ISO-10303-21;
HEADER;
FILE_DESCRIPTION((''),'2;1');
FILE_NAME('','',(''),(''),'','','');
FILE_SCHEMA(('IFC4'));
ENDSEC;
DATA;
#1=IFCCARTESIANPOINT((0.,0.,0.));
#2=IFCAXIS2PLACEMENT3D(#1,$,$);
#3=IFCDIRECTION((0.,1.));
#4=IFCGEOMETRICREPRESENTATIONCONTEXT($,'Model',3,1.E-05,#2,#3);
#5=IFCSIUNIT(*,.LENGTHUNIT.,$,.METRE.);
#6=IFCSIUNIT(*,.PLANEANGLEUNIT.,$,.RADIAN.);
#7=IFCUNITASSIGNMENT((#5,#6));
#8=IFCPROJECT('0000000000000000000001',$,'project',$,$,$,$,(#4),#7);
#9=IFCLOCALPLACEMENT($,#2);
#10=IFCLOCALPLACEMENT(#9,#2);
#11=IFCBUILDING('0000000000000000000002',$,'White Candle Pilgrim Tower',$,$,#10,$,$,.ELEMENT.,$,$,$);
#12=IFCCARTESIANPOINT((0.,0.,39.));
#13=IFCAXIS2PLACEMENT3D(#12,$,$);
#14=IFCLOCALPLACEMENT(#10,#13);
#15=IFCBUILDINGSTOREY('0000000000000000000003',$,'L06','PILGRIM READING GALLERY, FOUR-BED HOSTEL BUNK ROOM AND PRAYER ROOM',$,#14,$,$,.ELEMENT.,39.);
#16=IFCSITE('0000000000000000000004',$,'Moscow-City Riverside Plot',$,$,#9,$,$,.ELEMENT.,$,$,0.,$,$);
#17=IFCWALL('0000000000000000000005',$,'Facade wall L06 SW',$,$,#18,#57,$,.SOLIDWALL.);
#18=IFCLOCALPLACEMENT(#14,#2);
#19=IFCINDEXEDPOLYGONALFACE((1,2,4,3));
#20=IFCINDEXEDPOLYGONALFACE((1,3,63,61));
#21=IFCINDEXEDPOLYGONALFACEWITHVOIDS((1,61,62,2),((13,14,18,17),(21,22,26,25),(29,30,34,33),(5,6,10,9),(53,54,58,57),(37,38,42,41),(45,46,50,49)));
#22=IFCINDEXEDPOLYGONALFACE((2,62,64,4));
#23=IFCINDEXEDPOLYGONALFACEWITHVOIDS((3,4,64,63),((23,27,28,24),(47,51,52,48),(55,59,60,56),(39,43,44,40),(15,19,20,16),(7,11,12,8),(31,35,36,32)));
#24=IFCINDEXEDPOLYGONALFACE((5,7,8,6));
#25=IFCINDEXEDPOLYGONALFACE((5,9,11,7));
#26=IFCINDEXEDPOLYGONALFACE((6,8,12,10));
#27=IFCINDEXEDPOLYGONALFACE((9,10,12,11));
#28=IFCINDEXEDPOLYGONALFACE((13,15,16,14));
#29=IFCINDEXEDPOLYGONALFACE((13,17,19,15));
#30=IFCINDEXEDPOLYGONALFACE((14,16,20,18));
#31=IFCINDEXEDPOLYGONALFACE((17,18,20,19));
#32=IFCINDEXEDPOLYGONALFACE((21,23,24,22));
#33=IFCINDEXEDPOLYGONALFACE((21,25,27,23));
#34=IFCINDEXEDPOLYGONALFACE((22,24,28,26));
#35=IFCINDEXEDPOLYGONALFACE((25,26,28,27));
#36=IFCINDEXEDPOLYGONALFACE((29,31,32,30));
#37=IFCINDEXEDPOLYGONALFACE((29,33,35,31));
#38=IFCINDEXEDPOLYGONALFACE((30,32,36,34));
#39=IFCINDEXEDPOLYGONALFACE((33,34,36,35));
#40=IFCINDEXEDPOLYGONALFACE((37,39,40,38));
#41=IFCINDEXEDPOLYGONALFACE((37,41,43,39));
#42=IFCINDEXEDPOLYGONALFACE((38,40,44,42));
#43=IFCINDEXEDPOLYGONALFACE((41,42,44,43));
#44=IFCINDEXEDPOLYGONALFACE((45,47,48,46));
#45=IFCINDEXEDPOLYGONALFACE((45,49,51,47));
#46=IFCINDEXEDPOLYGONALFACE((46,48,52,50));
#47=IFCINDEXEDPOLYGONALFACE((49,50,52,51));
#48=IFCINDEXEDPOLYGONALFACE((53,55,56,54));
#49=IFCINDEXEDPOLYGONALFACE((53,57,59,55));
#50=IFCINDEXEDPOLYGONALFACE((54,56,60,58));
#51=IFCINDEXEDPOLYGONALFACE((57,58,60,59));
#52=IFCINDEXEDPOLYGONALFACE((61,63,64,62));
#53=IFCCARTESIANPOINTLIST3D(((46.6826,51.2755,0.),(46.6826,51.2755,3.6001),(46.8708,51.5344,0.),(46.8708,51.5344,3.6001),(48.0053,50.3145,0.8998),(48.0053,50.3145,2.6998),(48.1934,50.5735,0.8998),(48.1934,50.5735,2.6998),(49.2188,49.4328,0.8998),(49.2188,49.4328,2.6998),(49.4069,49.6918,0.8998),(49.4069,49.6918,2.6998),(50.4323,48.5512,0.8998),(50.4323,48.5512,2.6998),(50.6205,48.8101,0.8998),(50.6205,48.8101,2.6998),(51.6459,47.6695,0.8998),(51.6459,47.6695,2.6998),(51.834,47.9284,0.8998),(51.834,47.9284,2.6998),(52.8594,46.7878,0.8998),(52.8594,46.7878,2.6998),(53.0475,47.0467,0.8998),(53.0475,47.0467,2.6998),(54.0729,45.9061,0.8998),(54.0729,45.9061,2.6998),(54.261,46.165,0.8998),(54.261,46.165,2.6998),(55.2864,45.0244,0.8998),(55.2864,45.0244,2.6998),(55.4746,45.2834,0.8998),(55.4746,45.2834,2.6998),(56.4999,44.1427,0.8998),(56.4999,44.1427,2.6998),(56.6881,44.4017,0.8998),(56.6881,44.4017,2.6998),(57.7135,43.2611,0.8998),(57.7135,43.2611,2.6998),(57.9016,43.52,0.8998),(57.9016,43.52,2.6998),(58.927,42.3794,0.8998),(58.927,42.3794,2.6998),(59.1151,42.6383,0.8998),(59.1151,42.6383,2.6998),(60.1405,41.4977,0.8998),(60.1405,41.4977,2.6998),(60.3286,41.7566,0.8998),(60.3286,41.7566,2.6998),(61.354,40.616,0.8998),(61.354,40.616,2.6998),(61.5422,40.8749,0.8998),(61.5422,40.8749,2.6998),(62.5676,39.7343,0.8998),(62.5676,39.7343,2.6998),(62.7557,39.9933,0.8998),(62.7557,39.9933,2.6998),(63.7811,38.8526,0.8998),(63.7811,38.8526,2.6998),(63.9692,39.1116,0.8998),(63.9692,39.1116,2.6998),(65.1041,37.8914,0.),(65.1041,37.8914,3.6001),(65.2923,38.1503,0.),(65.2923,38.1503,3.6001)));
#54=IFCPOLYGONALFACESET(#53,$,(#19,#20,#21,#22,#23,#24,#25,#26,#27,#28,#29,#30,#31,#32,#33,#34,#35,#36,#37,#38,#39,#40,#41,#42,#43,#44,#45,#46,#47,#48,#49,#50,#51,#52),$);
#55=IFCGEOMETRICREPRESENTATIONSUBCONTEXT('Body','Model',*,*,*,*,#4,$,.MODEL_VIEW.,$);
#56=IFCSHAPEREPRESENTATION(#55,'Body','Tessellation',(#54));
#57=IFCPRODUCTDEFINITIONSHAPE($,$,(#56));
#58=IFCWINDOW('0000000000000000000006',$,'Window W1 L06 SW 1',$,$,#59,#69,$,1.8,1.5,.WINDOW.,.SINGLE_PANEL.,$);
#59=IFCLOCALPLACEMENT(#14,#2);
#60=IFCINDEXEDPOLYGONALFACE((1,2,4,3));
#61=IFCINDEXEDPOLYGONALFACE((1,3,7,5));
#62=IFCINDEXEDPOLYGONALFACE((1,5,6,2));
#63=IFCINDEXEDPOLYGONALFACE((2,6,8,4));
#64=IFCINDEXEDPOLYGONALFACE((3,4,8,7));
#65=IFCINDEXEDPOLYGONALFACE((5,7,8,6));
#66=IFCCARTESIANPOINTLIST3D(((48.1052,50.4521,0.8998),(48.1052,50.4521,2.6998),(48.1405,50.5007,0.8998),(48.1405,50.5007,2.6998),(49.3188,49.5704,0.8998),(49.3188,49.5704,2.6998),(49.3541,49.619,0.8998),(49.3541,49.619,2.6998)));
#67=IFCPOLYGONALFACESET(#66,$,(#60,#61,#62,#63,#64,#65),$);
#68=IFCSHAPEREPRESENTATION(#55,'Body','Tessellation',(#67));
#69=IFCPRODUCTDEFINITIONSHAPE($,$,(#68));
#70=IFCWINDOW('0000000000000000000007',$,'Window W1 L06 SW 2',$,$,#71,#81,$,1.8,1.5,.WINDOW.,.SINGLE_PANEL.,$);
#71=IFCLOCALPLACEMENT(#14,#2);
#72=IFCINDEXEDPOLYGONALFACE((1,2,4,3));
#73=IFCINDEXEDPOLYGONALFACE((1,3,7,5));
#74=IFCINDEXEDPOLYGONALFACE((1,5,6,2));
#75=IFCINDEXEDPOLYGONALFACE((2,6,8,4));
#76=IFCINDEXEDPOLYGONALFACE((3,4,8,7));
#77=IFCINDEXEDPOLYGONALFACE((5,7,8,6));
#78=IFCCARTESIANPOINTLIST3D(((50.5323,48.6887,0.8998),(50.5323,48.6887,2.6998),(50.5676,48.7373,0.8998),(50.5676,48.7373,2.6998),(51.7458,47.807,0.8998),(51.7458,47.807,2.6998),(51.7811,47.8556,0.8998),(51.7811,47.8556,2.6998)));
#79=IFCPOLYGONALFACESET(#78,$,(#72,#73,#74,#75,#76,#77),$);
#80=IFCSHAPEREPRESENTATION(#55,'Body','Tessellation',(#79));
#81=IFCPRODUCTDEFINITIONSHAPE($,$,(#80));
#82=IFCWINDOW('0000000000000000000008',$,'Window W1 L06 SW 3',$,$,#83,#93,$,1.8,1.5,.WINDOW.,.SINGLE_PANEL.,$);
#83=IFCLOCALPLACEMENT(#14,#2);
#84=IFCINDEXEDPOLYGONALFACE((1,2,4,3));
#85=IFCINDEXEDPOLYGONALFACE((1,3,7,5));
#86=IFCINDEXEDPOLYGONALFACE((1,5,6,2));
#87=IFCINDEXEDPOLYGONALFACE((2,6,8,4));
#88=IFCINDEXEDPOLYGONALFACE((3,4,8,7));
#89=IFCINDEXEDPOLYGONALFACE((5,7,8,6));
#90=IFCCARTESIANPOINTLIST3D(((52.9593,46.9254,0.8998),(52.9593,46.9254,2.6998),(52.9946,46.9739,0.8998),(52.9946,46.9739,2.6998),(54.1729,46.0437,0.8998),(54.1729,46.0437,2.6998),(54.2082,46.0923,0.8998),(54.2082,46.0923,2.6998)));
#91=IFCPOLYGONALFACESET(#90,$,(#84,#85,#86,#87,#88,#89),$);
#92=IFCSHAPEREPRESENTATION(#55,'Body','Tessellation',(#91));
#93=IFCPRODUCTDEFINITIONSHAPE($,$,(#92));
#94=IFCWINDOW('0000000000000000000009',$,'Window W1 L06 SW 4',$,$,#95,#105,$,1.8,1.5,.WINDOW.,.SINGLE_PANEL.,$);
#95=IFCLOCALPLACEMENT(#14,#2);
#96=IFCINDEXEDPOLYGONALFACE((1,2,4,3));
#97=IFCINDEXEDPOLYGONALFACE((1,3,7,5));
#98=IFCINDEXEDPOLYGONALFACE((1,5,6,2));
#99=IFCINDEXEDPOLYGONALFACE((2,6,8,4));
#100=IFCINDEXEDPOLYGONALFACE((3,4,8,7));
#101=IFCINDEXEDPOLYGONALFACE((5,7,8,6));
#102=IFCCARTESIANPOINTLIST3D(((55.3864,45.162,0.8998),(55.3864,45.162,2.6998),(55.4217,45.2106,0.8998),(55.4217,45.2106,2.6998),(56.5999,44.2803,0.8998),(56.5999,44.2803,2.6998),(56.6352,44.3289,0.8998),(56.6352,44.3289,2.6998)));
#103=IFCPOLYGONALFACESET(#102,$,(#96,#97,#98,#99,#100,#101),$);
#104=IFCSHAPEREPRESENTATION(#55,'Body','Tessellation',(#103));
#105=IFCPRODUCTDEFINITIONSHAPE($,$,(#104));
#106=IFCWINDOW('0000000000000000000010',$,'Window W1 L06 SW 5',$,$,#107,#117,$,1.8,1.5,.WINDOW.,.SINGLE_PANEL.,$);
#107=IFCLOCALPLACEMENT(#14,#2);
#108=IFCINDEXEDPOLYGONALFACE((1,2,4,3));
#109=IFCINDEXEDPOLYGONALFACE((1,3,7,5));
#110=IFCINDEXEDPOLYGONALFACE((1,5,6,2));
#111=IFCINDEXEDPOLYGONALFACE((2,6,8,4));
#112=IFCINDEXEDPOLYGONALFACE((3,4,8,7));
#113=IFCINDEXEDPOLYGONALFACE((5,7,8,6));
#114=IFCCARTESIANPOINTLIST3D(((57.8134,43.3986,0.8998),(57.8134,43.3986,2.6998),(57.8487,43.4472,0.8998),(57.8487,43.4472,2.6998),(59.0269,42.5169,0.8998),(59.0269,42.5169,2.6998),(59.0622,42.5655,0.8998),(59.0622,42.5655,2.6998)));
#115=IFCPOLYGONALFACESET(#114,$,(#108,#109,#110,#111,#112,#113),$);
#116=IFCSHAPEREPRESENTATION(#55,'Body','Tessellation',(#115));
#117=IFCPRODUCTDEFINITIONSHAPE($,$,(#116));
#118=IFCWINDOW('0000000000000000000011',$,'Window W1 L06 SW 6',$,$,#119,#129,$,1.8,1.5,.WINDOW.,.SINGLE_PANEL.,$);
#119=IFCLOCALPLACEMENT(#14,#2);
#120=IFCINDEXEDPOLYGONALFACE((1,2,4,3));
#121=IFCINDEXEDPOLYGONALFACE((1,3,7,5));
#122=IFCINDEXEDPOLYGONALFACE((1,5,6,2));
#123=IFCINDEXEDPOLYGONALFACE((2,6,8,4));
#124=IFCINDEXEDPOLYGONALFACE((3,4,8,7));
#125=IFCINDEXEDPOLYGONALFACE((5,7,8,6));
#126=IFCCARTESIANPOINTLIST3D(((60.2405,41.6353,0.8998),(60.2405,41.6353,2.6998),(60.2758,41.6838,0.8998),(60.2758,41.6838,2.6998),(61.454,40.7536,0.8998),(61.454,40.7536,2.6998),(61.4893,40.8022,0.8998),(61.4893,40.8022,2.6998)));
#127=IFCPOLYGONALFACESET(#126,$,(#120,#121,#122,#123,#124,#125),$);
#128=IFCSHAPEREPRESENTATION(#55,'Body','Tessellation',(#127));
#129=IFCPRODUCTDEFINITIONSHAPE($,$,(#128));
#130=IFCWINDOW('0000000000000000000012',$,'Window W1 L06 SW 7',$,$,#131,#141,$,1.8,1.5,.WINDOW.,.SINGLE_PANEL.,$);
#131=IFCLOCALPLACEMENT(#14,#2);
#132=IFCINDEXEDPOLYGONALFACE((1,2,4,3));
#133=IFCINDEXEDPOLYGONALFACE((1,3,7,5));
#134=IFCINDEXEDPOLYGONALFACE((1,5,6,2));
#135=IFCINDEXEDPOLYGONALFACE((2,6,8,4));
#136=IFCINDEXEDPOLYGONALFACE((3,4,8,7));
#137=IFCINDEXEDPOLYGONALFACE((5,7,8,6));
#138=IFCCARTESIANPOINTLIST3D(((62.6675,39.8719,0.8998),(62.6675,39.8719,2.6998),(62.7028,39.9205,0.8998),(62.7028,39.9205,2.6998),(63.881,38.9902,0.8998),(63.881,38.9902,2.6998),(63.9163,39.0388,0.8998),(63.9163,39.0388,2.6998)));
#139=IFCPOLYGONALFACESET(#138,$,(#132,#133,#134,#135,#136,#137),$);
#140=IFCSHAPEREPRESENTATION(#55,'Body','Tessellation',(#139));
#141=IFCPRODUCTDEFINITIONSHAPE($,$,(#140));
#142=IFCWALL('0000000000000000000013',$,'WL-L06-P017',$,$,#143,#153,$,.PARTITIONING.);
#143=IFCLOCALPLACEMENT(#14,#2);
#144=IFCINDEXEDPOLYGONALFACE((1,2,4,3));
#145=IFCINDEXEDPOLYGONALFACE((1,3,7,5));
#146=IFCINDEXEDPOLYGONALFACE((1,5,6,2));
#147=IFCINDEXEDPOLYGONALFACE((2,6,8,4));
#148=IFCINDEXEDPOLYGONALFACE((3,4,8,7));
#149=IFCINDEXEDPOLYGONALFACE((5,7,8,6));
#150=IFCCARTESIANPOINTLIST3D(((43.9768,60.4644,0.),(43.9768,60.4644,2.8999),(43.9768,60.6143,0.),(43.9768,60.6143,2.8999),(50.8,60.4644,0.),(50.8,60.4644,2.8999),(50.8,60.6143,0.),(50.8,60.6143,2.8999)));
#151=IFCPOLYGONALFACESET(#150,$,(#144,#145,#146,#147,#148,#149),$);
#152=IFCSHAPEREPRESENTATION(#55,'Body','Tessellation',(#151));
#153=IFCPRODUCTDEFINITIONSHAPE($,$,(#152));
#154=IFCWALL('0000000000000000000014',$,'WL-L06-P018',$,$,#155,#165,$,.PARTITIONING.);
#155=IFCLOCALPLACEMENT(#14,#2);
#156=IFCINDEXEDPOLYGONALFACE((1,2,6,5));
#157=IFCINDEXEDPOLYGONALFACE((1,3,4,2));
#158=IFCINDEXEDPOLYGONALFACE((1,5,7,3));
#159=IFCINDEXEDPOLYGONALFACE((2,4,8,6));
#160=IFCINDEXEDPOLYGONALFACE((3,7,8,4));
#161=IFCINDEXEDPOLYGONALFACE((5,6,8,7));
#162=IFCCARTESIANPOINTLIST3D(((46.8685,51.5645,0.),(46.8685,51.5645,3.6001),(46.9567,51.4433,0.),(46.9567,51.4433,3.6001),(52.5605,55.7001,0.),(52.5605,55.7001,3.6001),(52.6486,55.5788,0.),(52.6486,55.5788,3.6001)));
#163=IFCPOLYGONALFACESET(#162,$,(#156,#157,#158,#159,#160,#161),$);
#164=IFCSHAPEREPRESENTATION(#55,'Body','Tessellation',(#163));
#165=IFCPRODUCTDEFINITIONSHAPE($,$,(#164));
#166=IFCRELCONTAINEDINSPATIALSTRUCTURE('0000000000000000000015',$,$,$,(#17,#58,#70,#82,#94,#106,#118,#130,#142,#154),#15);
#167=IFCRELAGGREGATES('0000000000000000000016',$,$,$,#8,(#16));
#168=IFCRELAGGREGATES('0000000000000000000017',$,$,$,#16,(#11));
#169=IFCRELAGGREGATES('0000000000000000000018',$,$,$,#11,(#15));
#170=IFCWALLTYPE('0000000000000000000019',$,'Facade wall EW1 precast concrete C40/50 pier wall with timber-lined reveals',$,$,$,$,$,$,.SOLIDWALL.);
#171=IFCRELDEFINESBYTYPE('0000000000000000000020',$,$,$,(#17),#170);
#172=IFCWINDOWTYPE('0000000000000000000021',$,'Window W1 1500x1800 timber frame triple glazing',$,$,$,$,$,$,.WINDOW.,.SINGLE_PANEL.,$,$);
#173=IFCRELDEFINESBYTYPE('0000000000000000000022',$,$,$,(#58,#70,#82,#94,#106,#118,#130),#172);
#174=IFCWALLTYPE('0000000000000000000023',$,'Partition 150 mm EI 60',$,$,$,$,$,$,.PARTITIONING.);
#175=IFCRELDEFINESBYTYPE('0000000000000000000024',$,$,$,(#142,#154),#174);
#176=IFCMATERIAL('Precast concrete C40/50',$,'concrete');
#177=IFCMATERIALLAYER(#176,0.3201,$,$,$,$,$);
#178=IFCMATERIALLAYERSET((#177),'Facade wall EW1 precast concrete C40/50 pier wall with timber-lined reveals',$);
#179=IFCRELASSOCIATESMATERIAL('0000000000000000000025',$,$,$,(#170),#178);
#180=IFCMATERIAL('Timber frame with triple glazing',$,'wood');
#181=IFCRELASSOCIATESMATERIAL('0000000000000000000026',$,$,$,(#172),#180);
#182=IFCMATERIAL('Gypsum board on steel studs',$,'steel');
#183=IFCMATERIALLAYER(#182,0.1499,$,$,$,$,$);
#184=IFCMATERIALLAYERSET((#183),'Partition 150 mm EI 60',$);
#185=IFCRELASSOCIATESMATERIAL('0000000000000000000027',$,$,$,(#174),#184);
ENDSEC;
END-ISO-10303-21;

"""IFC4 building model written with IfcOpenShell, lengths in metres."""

from ifc_helpers import new_model, si_unit, direction, frame, frame_2d, origin, place, context, subcontext, project, spatial, rectangle, extrude, material, layer, layer_set, type_object, element, fill, save


model = new_model("IFC4")

# Units and contexts
model_context = context("Model", 3, precision=1e-05, world=origin(), true_north=direction((0.0, 1.0)))
body_context = subcontext(model_context, "Body", "Model", "MODEL_VIEW")
ifc_project = project(units=[si_unit("LENGTHUNIT", "METRE"), si_unit("PLANEANGLEUNIT", "RADIAN")], contexts=[model_context])

# Site, building, storey
site_placement = place(None, origin())
site = spatial("IfcSite", under=ifc_project, at=site_placement, Name="Moscow-City Riverside Plot", CompositionType="ELEMENT", RefElevation=0.0)
building_placement = place(site_placement, origin())
building = spatial("IfcBuilding", under=site, at=building_placement, Name="White Candle Pilgrim Tower", CompositionType="ELEMENT")
storey_placement = place(building_placement, frame((0.0, 0.0, 39.0)))
storey = spatial("IfcBuildingStorey", under=building, at=storey_placement, Name="L06", Description="PILGRIM READING GALLERY, FOUR-BED HOSTEL BUNK ROOM AND PRAYER ROOM", CompositionType="ELEMENT", Elevation=39.0)

# Shared definitions
ifc_material_1 = material(Name="Gypsum board on steel studs", Category="steel")

# Wall, openings, windows
ifc_material_2 = material(Name="Precast concrete C40/50", Category="concrete")
ifc_layer_1 = layer(ifc_material_2, 0.3201)
ifc_layer_set_1 = layer_set([ifc_layer_1], Name="Facade wall EW1 precast concrete C40/50 pier wall with timber-lined reveals")
wall_type_1 = type_object("IfcWallType", Name="Facade wall EW1 precast concrete C40/50 pier wall with timber-lined reveals", PredefinedType="SOLIDWALL", material=ifc_layer_set_1)
ifc_material_3 = material(Name="Timber frame with triple glazing", Category="wood")
wall_1_placement = place(storey_placement, frame((46.7766, 51.405, 0.0), z_axis=(0.0, 0.0, 1.0), x_axis=(0.809015, -0.587788, 0.0)))
wall_1 = element("IfcWall", 1, at=wall_1_placement, inside=storey, type_object=wall_type_1, Name="Facade wall L06 SW", PredefinedType="SOLIDWALL", context=body_context, shape_type="SweptSolid", body=[
    extrude(rectangle(XDim=22.7703, YDim=0.3201, at=frame_2d((11.3853, 0.0))), origin(), (0.0, 0.0, 1.0), 3.6001),
])
opening_1_placement = place(wall_1_placement, frame((1.635, 0.0, 0.8999)))
opening_1 = element("IfcOpeningElement", 2, at=opening_1_placement, cuts=wall_1, PredefinedType="OPENING", context=body_context, shape_type="SweptSolid", body=[
    extrude(rectangle(XDim=1.5, YDim=1.8, at=frame_2d((0.75, 0.8999))), frame((0.0, 0.1699, 0.0), z_axis=(0.0, -1.0, 0.0), x_axis=(1.0, 0.0, 0.0)), (0.0, 0.0, 1.0), 0.3401),
])
opening_2_placement = place(wall_1_placement, frame((4.635, 0.0, 0.8999)))
opening_2 = element("IfcOpeningElement", 3, at=opening_2_placement, cuts=wall_1, PredefinedType="OPENING", context=body_context, shape_type="SweptSolid", body=[
    extrude(rectangle(XDim=1.5, YDim=1.8, at=frame_2d((0.75, 0.8999))), frame((0.0, 0.1699, 0.0), z_axis=(0.0, -1.0, 0.0), x_axis=(1.0, 0.0, 0.0)), (0.0, 0.0, 1.0), 0.3401),
])
opening_3_placement = place(wall_1_placement, frame((7.635, 0.0, 0.8999)))
opening_3 = element("IfcOpeningElement", 4, at=opening_3_placement, cuts=wall_1, PredefinedType="OPENING", context=body_context, shape_type="SweptSolid", body=[
    extrude(rectangle(XDim=1.5, YDim=1.8, at=frame_2d((0.75, 0.8999))), frame((0.0, 0.1699, 0.0), z_axis=(0.0, -1.0, 0.0), x_axis=(1.0, 0.0, 0.0)), (0.0, 0.0, 1.0), 0.3401),
])
opening_4_placement = place(wall_1_placement, frame((10.635, 0.0, 0.8999)))
opening_4 = element("IfcOpeningElement", 5, at=opening_4_placement, cuts=wall_1, PredefinedType="OPENING", context=body_context, shape_type="SweptSolid", body=[
    extrude(rectangle(XDim=1.5, YDim=1.8, at=frame_2d((0.75, 0.8999))), frame((0.0, 0.1699, 0.0), z_axis=(0.0, -1.0, 0.0), x_axis=(1.0, 0.0, 0.0)), (0.0, 0.0, 1.0), 0.3401),
])
opening_5_placement = place(wall_1_placement, frame((13.635, 0.0, 0.8999)))
opening_5 = element("IfcOpeningElement", 6, at=opening_5_placement, cuts=wall_1, PredefinedType="OPENING", context=body_context, shape_type="SweptSolid", body=[
    extrude(rectangle(XDim=1.5, YDim=1.8, at=frame_2d((0.75, 0.8999))), frame((0.0, 0.1699, 0.0), z_axis=(0.0, -1.0, 0.0), x_axis=(1.0, 0.0, 0.0)), (0.0, 0.0, 1.0), 0.3401),
])
opening_6_placement = place(wall_1_placement, frame((16.635, 0.0, 0.8999)))
opening_6 = element("IfcOpeningElement", 7, at=opening_6_placement, cuts=wall_1, PredefinedType="OPENING", context=body_context, shape_type="SweptSolid", body=[
    extrude(rectangle(XDim=1.5, YDim=1.8, at=frame_2d((0.75, 0.8999))), frame((0.0, 0.1699, 0.0), z_axis=(0.0, -1.0, 0.0), x_axis=(1.0, 0.0, 0.0)), (0.0, 0.0, 1.0), 0.3401),
])
opening_7_placement = place(wall_1_placement, frame((19.635, 0.0, 0.8999)))
opening_7 = element("IfcOpeningElement", 8, at=opening_7_placement, cuts=wall_1, PredefinedType="OPENING", context=body_context, shape_type="SweptSolid", body=[
    extrude(rectangle(XDim=1.5, YDim=1.8, at=frame_2d((0.75, 0.8999))), frame((0.0, 0.1699, 0.0), z_axis=(0.0, -1.0, 0.0), x_axis=(1.0, 0.0, 0.0)), (0.0, 0.0, 1.0), 0.3401),
])
window_type_1 = type_object("IfcWindowType", Name="Window W1 1500x1800 timber frame triple glazing", PartitioningType="SINGLE_PANEL", PredefinedType="WINDOW", material=ifc_material_3)
window_1_placement = place(opening_1_placement, origin())
window_1 = element("IfcWindow", 9, at=window_1_placement, inside=storey, type_object=window_type_1, Name="Window W1 L06 SW 1", OverallHeight=1.8, OverallWidth=1.5, PartitioningType="SINGLE_PANEL", PredefinedType="WINDOW", context=body_context, shape_type="SweptSolid", body=[
    extrude(rectangle(XDim=1.5, YDim=1.8, at=frame_2d((0.75, 0.8999))), frame((0.0, 0.0701, 0.0), z_axis=(0.0, -1.0, 0.0), x_axis=(1.0, 0.0, 0.0)), (0.0, 0.0, 1.0), 0.0601),
])
fill(opening_1, window_1)
window_2_placement = place(opening_2_placement, origin())
window_2 = element("IfcWindow", 10, at=window_2_placement, inside=storey, type_object=window_type_1, Name="Window W1 L06 SW 2", OverallHeight=1.8, OverallWidth=1.5, PartitioningType="SINGLE_PANEL", PredefinedType="WINDOW", context=body_context, shape_type="SweptSolid", body=[
    extrude(rectangle(XDim=1.5, YDim=1.8, at=frame_2d((0.75, 0.8999))), frame((0.0, 0.0701, 0.0), z_axis=(0.0, -1.0, 0.0), x_axis=(1.0, 0.0, 0.0)), (0.0, 0.0, 1.0), 0.0601),
])
fill(opening_2, window_2)
window_3_placement = place(opening_3_placement, origin())
window_3 = element("IfcWindow", 11, at=window_3_placement, inside=storey, type_object=window_type_1, Name="Window W1 L06 SW 3", OverallHeight=1.8, OverallWidth=1.5, PartitioningType="SINGLE_PANEL", PredefinedType="WINDOW", context=body_context, shape_type="SweptSolid", body=[
    extrude(rectangle(XDim=1.5, YDim=1.8, at=frame_2d((0.75, 0.8999))), frame((0.0, 0.0701, 0.0), z_axis=(0.0, -1.0, 0.0), x_axis=(1.0, 0.0, 0.0)), (0.0, 0.0, 1.0), 0.0601),
])
fill(opening_3, window_3)
window_4_placement = place(opening_4_placement, origin())
window_4 = element("IfcWindow", 12, at=window_4_placement, inside=storey, type_object=window_type_1, Name="Window W1 L06 SW 4", OverallHeight=1.8, OverallWidth=1.5, PartitioningType="SINGLE_PANEL", PredefinedType="WINDOW", context=body_context, shape_type="SweptSolid", body=[
    extrude(rectangle(XDim=1.5, YDim=1.8, at=frame_2d((0.75, 0.8999))), frame((0.0, 0.0701, 0.0), z_axis=(0.0, -1.0, 0.0), x_axis=(1.0, 0.0, 0.0)), (0.0, 0.0, 1.0), 0.0601),
])
fill(opening_4, window_4)
window_5_placement = place(opening_5_placement, origin())
window_5 = element("IfcWindow", 13, at=window_5_placement, inside=storey, type_object=window_type_1, Name="Window W1 L06 SW 5", OverallHeight=1.8, OverallWidth=1.5, PartitioningType="SINGLE_PANEL", PredefinedType="WINDOW", context=body_context, shape_type="SweptSolid", body=[
    extrude(rectangle(XDim=1.5, YDim=1.8, at=frame_2d((0.75, 0.8999))), frame((0.0, 0.0701, 0.0), z_axis=(0.0, -1.0, 0.0), x_axis=(1.0, 0.0, 0.0)), (0.0, 0.0, 1.0), 0.0601),
])
fill(opening_5, window_5)
window_6_placement = place(opening_6_placement, origin())
window_6 = element("IfcWindow", 14, at=window_6_placement, inside=storey, type_object=window_type_1, Name="Window W1 L06 SW 6", OverallHeight=1.8, OverallWidth=1.5, PartitioningType="SINGLE_PANEL", PredefinedType="WINDOW", context=body_context, shape_type="SweptSolid", body=[
    extrude(rectangle(XDim=1.5, YDim=1.8, at=frame_2d((0.75, 0.8999))), frame((0.0, 0.0701, 0.0), z_axis=(0.0, -1.0, 0.0), x_axis=(1.0, 0.0, 0.0)), (0.0, 0.0, 1.0), 0.0601),
])
fill(opening_6, window_6)
window_7_placement = place(opening_7_placement, origin())
window_7 = element("IfcWindow", 15, at=window_7_placement, inside=storey, type_object=window_type_1, Name="Window W1 L06 SW 7", OverallHeight=1.8, OverallWidth=1.5, PartitioningType="SINGLE_PANEL", PredefinedType="WINDOW", context=body_context, shape_type="SweptSolid", body=[
    extrude(rectangle(XDim=1.5, YDim=1.8, at=frame_2d((0.75, 0.8999))), frame((0.0, 0.0701, 0.0), z_axis=(0.0, -1.0, 0.0), x_axis=(1.0, 0.0, 0.0)), (0.0, 0.0, 1.0), 0.0601),
])
fill(opening_7, window_7)

# Walls
ifc_layer_2 = layer(ifc_material_1, 0.1499)
ifc_layer_set_2 = layer_set([ifc_layer_2], Name="Partition 150 mm EI 60")
wall_type_2 = type_object("IfcWallType", Name="Partition 150 mm EI 60", PredefinedType="PARTITIONING", material=ifc_layer_set_2)
wall_2_placement = place(storey_placement, frame((43.9768, 60.5393, 0.0), z_axis=(0.0, 0.0, 1.0), x_axis=(1.0, 0.0, 0.0)))
element("IfcWall", 16, at=wall_2_placement, inside=storey, type_object=wall_type_2, Name="WL-L06-P017", PredefinedType="PARTITIONING", context=body_context, shape_type="SweptSolid", body=[
    extrude(rectangle(XDim=6.8232, YDim=0.1499, at=frame_2d((3.4116, 0.0))), origin(), (0.0, 0.0, 1.0), 2.8999),
])
wall_3_placement = place(storey_placement, frame((46.9126, 51.5039, 0.0), z_axis=(0.0, 0.0, 1.0), x_axis=(0.809011, 0.587794, 0.0)))
element("IfcWall", 17, at=wall_3_placement, inside=storey, type_object=wall_type_2, Name="WL-L06-P018", PredefinedType="PARTITIONING", context=body_context, shape_type="SweptSolid", body=[
    extrude(rectangle(XDim=7.0356, YDim=0.1499, at=frame_2d((3.5178, 0.0))), origin(), (0.0, 0.0, 1.0), 3.6001),
])

save(model, "model.ifc")
